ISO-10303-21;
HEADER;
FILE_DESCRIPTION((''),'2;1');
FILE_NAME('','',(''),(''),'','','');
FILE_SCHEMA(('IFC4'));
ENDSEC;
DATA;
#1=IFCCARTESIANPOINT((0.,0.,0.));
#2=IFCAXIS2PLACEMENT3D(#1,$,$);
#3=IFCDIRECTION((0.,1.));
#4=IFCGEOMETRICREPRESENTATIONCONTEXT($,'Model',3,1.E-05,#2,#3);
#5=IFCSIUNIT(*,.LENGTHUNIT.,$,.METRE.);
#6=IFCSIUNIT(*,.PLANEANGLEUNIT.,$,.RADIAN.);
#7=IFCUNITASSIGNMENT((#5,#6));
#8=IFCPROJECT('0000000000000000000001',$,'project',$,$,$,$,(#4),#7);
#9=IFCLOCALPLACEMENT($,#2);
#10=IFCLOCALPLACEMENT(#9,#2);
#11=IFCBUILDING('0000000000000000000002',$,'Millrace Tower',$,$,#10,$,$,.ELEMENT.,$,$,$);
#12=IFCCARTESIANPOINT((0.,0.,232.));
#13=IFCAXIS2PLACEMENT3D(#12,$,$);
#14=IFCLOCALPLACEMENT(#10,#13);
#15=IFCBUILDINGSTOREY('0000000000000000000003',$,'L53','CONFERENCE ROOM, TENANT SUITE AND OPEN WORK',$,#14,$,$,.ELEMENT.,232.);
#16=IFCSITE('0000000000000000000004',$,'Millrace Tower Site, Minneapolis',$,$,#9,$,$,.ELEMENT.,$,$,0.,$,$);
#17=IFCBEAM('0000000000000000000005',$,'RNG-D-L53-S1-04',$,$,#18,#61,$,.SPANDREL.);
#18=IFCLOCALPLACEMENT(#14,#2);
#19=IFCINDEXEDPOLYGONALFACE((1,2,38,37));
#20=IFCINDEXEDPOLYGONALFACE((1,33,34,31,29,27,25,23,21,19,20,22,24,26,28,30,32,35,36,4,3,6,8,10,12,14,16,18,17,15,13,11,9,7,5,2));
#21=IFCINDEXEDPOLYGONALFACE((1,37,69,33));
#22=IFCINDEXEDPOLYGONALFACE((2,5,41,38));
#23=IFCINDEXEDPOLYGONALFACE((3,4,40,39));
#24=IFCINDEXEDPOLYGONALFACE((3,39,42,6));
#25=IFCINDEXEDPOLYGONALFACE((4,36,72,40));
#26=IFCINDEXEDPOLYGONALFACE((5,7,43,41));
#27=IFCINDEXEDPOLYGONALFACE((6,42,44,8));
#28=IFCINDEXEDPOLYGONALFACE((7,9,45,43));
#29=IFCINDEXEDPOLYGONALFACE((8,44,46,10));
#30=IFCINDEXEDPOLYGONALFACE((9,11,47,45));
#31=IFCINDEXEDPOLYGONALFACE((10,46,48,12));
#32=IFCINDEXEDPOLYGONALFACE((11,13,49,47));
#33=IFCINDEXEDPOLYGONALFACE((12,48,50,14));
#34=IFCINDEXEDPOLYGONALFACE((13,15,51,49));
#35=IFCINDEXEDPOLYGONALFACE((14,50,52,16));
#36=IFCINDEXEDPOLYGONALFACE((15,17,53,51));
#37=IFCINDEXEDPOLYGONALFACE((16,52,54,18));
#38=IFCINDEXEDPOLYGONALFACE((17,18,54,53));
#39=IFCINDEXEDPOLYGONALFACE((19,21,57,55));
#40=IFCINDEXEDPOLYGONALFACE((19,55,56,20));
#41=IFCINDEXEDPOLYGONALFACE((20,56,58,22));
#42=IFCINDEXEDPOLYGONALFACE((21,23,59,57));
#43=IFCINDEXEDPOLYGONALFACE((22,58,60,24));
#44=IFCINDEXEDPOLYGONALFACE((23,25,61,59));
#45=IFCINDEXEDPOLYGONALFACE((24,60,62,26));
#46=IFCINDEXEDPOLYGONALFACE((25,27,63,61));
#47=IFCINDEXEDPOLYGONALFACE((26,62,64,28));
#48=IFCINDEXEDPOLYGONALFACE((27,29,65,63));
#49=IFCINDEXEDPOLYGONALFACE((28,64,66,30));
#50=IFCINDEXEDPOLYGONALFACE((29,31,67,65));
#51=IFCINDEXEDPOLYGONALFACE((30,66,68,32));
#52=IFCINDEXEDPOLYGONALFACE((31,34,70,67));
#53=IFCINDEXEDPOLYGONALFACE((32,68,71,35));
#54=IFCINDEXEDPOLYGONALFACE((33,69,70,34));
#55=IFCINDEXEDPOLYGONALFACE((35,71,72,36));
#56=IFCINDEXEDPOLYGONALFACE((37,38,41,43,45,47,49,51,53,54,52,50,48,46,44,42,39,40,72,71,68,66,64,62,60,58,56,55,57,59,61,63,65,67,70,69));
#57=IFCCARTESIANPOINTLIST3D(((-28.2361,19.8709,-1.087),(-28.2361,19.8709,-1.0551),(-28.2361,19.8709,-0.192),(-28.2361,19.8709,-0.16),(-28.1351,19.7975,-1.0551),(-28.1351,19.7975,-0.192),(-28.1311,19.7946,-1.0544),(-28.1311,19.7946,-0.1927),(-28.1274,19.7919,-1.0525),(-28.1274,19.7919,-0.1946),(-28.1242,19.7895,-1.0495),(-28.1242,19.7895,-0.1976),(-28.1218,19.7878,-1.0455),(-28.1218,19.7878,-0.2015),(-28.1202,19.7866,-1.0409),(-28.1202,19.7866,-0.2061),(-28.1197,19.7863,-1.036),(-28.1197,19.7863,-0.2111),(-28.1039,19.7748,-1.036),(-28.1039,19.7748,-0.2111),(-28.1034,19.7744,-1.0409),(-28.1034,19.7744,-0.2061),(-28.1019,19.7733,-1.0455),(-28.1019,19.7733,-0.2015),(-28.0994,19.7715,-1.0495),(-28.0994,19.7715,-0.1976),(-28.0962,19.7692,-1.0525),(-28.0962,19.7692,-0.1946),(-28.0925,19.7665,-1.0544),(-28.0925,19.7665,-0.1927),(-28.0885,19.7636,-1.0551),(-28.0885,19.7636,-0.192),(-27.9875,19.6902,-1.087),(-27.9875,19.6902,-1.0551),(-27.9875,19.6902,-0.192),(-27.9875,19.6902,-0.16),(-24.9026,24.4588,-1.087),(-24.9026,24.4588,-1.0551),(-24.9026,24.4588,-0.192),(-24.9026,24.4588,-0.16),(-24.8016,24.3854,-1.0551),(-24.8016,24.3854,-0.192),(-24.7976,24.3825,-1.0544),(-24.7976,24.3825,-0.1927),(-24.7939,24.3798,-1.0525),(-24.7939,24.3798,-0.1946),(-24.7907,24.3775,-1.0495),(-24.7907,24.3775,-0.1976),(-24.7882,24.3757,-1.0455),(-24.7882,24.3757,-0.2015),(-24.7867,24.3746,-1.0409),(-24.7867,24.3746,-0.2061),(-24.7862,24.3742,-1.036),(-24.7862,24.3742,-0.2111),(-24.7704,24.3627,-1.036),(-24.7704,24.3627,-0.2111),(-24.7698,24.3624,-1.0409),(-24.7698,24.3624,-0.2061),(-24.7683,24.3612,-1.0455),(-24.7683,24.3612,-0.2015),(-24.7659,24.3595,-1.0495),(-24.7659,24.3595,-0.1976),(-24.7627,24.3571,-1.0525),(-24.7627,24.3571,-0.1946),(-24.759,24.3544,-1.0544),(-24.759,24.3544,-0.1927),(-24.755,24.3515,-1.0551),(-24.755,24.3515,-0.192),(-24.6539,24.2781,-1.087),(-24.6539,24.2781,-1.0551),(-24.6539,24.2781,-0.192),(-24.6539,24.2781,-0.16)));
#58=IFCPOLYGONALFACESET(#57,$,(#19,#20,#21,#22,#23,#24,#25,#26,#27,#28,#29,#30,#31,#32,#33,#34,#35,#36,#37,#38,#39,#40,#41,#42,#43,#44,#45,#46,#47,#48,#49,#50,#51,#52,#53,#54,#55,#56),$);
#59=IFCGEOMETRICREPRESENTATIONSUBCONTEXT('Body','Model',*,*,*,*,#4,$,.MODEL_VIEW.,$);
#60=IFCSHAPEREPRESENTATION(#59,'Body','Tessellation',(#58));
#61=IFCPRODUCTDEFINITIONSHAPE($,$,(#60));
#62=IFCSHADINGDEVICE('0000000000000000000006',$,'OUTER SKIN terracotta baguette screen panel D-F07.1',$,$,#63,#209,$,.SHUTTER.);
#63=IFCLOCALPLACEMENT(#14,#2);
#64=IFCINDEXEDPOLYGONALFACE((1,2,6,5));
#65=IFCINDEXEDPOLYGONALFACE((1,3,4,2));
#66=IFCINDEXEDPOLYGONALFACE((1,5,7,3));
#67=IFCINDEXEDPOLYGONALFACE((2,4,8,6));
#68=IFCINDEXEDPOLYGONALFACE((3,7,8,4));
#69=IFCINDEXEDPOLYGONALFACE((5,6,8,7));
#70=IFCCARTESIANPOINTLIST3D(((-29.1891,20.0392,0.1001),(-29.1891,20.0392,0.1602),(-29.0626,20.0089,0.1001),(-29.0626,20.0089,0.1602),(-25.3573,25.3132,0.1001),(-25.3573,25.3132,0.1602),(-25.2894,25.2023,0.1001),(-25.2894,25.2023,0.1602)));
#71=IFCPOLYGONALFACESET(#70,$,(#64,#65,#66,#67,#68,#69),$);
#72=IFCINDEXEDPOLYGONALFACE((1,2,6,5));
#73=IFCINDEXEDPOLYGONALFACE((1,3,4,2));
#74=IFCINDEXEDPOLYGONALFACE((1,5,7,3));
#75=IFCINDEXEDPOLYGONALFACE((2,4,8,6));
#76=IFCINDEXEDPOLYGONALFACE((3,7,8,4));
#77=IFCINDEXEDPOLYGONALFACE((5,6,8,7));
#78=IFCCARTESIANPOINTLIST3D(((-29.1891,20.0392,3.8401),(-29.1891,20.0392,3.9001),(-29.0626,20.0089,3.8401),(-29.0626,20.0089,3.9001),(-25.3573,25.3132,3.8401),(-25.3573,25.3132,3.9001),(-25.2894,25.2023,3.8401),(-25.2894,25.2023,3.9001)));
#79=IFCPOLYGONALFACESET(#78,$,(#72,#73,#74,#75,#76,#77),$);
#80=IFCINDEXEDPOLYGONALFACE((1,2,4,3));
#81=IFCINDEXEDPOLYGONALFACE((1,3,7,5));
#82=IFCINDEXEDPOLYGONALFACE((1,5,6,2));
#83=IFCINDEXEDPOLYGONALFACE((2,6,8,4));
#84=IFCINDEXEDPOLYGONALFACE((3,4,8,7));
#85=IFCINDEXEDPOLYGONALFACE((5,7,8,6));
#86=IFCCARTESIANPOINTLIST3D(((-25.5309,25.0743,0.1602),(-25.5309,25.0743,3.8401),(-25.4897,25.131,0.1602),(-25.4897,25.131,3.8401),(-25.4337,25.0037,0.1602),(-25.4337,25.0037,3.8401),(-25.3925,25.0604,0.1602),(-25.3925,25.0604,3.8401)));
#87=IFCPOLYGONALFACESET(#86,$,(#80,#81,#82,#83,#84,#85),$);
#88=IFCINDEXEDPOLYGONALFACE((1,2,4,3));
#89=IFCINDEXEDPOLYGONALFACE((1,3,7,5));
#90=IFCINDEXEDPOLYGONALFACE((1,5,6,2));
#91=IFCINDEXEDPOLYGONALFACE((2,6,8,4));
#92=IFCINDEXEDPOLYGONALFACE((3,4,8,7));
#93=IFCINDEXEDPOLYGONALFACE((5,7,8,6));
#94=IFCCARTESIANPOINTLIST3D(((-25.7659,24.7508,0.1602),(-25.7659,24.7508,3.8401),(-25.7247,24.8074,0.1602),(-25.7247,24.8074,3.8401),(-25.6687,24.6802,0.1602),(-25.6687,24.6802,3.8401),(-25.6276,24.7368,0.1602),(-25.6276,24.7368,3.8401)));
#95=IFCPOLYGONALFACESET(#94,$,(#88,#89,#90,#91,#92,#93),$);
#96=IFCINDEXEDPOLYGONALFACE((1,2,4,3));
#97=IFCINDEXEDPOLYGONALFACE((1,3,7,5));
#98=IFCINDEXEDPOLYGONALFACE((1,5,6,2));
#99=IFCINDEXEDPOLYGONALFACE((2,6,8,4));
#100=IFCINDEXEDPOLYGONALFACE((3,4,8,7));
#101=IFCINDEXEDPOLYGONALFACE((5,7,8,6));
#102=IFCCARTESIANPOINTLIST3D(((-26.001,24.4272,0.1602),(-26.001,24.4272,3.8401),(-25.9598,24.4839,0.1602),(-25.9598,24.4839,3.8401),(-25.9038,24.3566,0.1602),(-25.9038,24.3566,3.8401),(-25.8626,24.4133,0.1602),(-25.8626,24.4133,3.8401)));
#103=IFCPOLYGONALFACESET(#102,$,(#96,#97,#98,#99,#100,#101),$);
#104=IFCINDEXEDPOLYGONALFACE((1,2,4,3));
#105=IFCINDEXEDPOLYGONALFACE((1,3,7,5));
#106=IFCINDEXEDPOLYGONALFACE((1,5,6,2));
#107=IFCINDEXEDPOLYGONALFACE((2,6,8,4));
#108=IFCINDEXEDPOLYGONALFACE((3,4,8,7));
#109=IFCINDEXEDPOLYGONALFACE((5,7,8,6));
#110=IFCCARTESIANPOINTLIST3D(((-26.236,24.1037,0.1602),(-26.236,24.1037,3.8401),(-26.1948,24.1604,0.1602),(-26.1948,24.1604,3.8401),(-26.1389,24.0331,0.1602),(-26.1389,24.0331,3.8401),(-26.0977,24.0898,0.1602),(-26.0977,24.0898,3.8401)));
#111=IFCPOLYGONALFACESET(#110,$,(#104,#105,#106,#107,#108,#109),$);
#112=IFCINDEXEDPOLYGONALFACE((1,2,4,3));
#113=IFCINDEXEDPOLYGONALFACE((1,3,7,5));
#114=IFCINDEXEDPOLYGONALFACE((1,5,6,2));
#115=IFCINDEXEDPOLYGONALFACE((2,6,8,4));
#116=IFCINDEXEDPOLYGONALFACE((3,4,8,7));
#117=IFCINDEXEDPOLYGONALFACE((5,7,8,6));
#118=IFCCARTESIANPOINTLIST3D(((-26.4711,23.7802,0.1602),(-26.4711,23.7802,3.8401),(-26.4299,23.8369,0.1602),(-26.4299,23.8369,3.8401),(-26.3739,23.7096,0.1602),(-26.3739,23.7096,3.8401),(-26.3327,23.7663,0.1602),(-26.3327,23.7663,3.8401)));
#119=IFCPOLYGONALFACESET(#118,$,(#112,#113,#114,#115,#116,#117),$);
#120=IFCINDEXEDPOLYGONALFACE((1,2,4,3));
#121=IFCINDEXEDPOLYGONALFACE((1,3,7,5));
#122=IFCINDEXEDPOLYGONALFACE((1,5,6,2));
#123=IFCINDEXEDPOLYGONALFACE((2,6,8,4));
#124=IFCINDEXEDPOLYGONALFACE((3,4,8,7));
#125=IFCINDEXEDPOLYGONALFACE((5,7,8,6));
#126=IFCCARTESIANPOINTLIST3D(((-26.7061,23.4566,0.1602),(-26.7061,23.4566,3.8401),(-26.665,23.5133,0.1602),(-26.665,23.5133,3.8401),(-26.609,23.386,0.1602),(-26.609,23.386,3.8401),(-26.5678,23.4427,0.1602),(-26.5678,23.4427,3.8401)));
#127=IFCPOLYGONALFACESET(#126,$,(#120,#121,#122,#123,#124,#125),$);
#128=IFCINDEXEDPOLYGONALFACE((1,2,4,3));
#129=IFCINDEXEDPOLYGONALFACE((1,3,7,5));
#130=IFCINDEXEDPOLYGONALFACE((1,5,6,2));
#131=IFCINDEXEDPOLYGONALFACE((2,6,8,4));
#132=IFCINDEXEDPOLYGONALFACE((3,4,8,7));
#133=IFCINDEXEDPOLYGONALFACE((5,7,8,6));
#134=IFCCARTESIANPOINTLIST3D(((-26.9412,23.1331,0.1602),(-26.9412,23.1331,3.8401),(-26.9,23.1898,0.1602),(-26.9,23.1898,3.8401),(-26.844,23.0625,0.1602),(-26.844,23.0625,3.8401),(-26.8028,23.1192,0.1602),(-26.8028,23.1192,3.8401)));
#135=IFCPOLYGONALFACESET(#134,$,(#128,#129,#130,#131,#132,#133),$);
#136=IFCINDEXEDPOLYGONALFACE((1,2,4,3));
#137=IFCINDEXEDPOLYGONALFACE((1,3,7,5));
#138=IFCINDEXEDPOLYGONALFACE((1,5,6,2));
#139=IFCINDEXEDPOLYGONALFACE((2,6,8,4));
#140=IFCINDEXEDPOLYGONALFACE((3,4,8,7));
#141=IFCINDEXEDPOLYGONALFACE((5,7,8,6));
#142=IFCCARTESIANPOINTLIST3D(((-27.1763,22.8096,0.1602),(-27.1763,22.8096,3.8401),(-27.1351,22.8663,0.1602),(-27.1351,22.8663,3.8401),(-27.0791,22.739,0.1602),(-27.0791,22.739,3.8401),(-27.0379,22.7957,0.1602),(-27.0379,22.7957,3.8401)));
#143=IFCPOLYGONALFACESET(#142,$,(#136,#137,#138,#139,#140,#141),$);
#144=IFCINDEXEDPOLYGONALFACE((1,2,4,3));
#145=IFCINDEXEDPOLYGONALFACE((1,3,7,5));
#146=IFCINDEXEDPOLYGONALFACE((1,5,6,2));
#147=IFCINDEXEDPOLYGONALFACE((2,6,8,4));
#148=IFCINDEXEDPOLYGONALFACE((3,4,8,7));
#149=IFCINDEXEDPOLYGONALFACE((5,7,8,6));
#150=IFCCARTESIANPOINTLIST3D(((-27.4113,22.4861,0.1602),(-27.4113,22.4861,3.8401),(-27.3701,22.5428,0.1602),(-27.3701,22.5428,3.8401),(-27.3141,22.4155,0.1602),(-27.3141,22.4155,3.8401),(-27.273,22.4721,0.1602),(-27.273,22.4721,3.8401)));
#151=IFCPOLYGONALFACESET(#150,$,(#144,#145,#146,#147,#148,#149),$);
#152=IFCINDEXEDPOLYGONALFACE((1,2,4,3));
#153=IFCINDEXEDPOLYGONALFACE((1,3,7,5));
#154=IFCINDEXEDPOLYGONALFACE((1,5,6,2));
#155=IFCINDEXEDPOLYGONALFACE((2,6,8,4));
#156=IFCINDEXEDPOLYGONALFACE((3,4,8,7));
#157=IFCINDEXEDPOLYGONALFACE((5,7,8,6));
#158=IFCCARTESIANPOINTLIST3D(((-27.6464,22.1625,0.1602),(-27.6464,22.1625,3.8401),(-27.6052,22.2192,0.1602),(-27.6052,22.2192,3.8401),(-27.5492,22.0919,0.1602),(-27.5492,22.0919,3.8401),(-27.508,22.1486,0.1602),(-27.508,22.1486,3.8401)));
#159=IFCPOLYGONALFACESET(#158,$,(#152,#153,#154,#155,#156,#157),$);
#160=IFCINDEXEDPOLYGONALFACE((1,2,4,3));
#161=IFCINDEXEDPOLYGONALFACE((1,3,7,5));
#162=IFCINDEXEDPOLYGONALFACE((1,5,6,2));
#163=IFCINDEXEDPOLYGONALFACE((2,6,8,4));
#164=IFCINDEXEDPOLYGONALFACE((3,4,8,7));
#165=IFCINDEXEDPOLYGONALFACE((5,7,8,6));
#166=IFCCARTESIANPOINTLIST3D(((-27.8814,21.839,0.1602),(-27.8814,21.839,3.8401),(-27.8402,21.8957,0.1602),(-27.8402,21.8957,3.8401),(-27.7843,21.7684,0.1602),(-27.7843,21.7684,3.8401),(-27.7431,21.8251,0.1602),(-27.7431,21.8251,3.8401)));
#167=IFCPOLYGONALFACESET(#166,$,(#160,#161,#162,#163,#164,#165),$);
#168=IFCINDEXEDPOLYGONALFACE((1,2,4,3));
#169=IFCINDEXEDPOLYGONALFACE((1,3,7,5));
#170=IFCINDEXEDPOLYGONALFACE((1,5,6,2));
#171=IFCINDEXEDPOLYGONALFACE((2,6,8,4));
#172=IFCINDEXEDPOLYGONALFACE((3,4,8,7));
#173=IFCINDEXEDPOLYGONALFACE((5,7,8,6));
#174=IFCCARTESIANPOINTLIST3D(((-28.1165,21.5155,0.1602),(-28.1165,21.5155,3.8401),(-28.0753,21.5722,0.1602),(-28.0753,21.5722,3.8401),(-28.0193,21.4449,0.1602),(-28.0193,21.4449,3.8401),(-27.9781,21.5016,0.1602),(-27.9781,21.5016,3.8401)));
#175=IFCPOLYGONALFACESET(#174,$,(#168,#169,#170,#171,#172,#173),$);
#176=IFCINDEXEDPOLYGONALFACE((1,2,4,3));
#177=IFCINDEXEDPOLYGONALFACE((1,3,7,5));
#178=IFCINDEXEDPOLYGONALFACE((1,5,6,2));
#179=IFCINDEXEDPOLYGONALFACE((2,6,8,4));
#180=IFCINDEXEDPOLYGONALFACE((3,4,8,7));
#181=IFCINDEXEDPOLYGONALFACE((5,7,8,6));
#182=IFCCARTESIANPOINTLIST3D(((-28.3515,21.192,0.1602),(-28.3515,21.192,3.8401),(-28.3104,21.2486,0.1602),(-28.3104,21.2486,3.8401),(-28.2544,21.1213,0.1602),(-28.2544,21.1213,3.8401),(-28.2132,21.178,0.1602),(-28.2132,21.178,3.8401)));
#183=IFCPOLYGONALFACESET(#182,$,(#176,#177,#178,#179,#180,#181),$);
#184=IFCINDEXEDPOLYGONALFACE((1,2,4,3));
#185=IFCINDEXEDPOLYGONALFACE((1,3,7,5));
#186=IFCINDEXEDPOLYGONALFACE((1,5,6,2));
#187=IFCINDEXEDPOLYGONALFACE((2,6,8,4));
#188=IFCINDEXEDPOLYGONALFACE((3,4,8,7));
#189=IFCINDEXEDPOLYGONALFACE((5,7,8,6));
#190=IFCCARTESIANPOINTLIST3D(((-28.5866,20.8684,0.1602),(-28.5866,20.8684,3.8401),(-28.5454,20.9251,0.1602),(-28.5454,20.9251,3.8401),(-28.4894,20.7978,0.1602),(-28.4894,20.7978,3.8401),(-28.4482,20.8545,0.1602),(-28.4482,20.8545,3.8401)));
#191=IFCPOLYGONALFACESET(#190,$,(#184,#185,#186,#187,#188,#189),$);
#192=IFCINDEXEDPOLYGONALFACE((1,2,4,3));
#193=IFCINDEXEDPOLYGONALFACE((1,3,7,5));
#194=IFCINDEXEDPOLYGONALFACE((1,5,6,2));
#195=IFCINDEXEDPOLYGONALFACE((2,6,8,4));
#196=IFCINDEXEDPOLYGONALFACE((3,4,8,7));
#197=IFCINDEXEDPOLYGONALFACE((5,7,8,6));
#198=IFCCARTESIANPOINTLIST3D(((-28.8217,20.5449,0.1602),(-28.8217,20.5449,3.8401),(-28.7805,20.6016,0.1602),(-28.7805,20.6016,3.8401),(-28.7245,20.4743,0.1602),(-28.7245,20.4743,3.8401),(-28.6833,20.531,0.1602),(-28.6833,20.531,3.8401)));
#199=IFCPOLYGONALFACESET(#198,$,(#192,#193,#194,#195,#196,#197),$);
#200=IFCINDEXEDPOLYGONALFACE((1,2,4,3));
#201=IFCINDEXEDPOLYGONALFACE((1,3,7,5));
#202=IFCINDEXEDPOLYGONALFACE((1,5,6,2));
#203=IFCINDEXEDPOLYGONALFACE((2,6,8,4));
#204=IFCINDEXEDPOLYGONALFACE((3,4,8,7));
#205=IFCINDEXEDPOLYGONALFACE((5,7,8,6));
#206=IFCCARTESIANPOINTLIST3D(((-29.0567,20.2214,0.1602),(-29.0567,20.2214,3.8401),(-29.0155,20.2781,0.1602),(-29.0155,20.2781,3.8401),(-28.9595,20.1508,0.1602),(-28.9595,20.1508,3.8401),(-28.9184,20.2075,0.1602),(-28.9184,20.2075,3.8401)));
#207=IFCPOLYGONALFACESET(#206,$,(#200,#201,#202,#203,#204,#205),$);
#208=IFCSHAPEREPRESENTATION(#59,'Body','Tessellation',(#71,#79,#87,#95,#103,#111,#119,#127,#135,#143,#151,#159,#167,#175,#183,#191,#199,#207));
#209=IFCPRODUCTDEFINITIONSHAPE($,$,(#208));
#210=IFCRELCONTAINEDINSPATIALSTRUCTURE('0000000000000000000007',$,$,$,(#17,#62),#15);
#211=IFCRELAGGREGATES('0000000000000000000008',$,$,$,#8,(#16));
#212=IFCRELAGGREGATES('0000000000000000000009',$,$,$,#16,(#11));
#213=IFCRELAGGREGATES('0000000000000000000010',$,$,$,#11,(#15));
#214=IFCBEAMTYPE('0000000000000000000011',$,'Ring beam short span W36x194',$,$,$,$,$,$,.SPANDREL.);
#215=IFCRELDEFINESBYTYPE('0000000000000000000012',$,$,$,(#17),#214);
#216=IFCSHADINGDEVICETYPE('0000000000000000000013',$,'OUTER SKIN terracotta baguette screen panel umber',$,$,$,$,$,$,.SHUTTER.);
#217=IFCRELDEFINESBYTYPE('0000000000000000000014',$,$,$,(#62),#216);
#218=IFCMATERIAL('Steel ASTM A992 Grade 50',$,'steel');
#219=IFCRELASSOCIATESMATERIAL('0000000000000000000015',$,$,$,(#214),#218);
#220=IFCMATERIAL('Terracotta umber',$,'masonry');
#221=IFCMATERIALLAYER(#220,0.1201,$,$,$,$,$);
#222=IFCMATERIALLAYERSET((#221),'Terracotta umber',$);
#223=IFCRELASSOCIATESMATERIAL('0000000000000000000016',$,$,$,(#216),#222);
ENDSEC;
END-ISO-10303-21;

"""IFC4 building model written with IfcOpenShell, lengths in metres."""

from ifc_helpers import new_model, entity, si_unit, direction, frame, frame_2d, origin, origin_2d, place, context, subcontext, project, spatial, rectangle, i_section, extrude, source, transform, mapped, material, layer, layer_set, material_profile, profile_set, type_object, element, save


model = new_model("IFC4")

# Units and contexts
model_context = context("Model", 3, precision=1e-05, world=origin(), true_north=direction((0.0, 1.0)))
body_context = subcontext(model_context, "Body", "Model", "MODEL_VIEW")
ifc_project = project(units=[si_unit("LENGTHUNIT", "METRE"), si_unit("PLANEANGLEUNIT", "RADIAN")], contexts=[model_context])

# Site, building, storey
site_placement = place(None, origin())
site = spatial("IfcSite", under=ifc_project, at=site_placement, Name="Millrace Tower Site, Minneapolis", CompositionType="ELEMENT", RefElevation=0.0)
building_placement = place(site_placement, origin())
building = spatial("IfcBuilding", under=site, at=building_placement, Name="Millrace Tower", CompositionType="ELEMENT")
storey_placement = place(building_placement, frame((0.0, 0.0, 232.0)))
storey = spatial("IfcBuildingStorey", under=building, at=storey_placement, Name="L53", Description="CONFERENCE ROOM, TENANT SUITE AND OPEN WORK", CompositionType="ELEMENT", Elevation=232.0)

# Beam
ifc_material_1 = material(Name="Steel ASTM A992 Grade 50", Category="steel")
ifc_material_profile_1 = material_profile(ifc_material_1, i_section(OverallWidth=0.3074, OverallDepth=0.927, WebThickness=0.0195, FlangeThickness=0.032, FilletRadius=0.019, at=origin_2d()))
ifc_profile_set_1 = profile_set([ifc_material_profile_1], Name="Steel ASTM A992 Grade 50")
beam_type_1 = type_object("IfcBeamType", Name="Ring beam short span W36x194", PredefinedType="SPANDREL", material=ifc_profile_set_1)
beam_1_placement = place(storey_placement, frame((-28.1118, 19.7805, -0.6235), z_axis=(0.587808, 0.809, 0.0), x_axis=(-0.809, 0.587808, 0.0)))
element("IfcBeam", 1, at=beam_1_placement, inside=storey, type_object=beam_type_1, Name="RNG-D-L53-S1-04", PredefinedType="SPANDREL", context=body_context, shape_type="SweptSolid", body=[
    extrude(i_section(OverallWidth=0.3074, OverallDepth=0.927, WebThickness=0.0195, FlangeThickness=0.032, FilletRadius=0.019, at=origin_2d()), origin(), (0.0, 0.0, 1.0), 5.6711),
])

# Shading device
ifc_material_2 = material(Name="Terracotta umber", Category="masonry")
ifc_layer_1 = layer(ifc_material_2, 0.1201)
ifc_layer_set_1 = layer_set([ifc_layer_1], Name="Terracotta umber")
shading_device_type = type_object("IfcShadingDeviceType", Name="OUTER SKIN terracotta baguette screen panel umber", PredefinedType="SHUTTER", material=ifc_layer_set_1)
cartesian_point_1 = entity("IfcCartesianPoint", [-3.2097, 0.0601])
shared_polyline_1 = entity("IfcPolyline", [cartesian_point_1, entity("IfcCartesianPoint", [3.2097, 0.0601]), entity("IfcCartesianPoint", [3.2595, -0.0601]), entity("IfcCartesianPoint", [-3.2595, -0.0601]), cartesian_point_1])
shared_shape_1 = source(origin(), body_context, "Body", "SweptSolid", [
    entity("IfcExtrudedAreaSolid", entity("IfcArbitraryClosedProfileDef", "AREA", None, shared_polyline_1), entity("IfcAxis2Placement3D", entity("IfcCartesianPoint", [0.0, 0.0, 0.0])), entity("IfcDirection", [0.0, 0.0, 1.0]), 0.0601),
    entity("IfcExtrudedAreaSolid", entity("IfcArbitraryClosedProfileDef", "AREA", None, shared_polyline_1), entity("IfcAxis2Placement3D", entity("IfcCartesianPoint", [0.0, 0.0, 3.74])), entity("IfcDirection", [0.0, 0.0, 1.0]), 0.0601),
    extrude(rectangle(XDim=0.0701, YDim=0.1201, at=frame_2d((-2.9993, 0.0))), frame((0.0, 0.0, 0.0601)), (0.0, 0.0, 1.0), 3.6799),
    extrude(rectangle(XDim=0.0701, YDim=0.1201, at=frame_2d((-2.5994, 0.0))), frame((0.0, 0.0, 0.0601)), (0.0, 0.0, 1.0), 3.6799),
    extrude(rectangle(XDim=0.0701, YDim=0.1201, at=frame_2d((-2.1995, 0.0))), frame((0.0, 0.0, 0.0601)), (0.0, 0.0, 1.0), 3.6799),
    extrude(rectangle(XDim=0.0701, YDim=0.1201, at=frame_2d((-1.7996, 0.0))), frame((0.0, 0.0, 0.0601)), (0.0, 0.0, 1.0), 3.6799),
    extrude(rectangle(XDim=0.0701, YDim=0.1201, at=frame_2d((-1.3997, 0.0))), frame((0.0, 0.0, 0.0601)), (0.0, 0.0, 1.0), 3.6799),
    extrude(rectangle(XDim=0.0701, YDim=0.1201, at=frame_2d((-0.9998, 0.0))), frame((0.0, 0.0, 0.0601)), (0.0, 0.0, 1.0), 3.6799),
    extrude(rectangle(XDim=0.0701, YDim=0.1201, at=frame_2d((-0.5999, 0.0))), frame((0.0, 0.0, 0.0601)), (0.0, 0.0, 1.0), 3.6799),
    extrude(rectangle(XDim=0.0701, YDim=0.1201, at=frame_2d((-0.2, 0.0))), frame((0.0, 0.0, 0.0601)), (0.0, 0.0, 1.0), 3.6799),
    extrude(rectangle(XDim=0.0701, YDim=0.1201, at=frame_2d((0.2, 0.0))), frame((0.0, 0.0, 0.0601)), (0.0, 0.0, 1.0), 3.6799),
    extrude(rectangle(XDim=0.0701, YDim=0.1201, at=frame_2d((0.5999, 0.0))), frame((0.0, 0.0, 0.0601)), (0.0, 0.0, 1.0), 3.6799),
    extrude(rectangle(XDim=0.0701, YDim=0.1201, at=frame_2d((0.9998, 0.0))), frame((0.0, 0.0, 0.0601)), (0.0, 0.0, 1.0), 3.6799),
    extrude(rectangle(XDim=0.0701, YDim=0.1201, at=frame_2d((1.3997, 0.0))), frame((0.0, 0.0, 0.0601)), (0.0, 0.0, 1.0), 3.6799),
    extrude(rectangle(XDim=0.0701, YDim=0.1201, at=frame_2d((1.7996, 0.0))), frame((0.0, 0.0, 0.0601)), (0.0, 0.0, 1.0), 3.6799),
    extrude(rectangle(XDim=0.0701, YDim=0.1201, at=frame_2d((2.1995, 0.0))), frame((0.0, 0.0, 0.0601)), (0.0, 0.0, 1.0), 3.6799),
    extrude(rectangle(XDim=0.0701, YDim=0.1201, at=frame_2d((2.5994, 0.0))), frame((0.0, 0.0, 0.0601)), (0.0, 0.0, 1.0), 3.6799),
    extrude(rectangle(XDim=0.0701, YDim=0.1201, at=frame_2d((2.9993, 0.0))), frame((0.0, 0.0, 0.0601)), (0.0, 0.0, 1.0), 3.6799),
])
shading_device_1_placement = place(storey_placement, frame((-27.2246, 22.6409, 0.1001), z_axis=(0.0, 0.0, 1.0), x_axis=(-0.587785, -0.809017, 0.0)))
element("IfcShadingDevice", 2, at=shading_device_1_placement, inside=storey, type_object=shading_device_type, Name="OUTER SKIN terracotta baguette screen panel D-F07.1", PredefinedType="SHUTTER", context=body_context, shape_type="MappedRepresentation", body=[
    mapped(shared_shape_1, transform((0.0, 0.0, 0.0), scale=1.0)),
])

save(model, "model.ifc")
